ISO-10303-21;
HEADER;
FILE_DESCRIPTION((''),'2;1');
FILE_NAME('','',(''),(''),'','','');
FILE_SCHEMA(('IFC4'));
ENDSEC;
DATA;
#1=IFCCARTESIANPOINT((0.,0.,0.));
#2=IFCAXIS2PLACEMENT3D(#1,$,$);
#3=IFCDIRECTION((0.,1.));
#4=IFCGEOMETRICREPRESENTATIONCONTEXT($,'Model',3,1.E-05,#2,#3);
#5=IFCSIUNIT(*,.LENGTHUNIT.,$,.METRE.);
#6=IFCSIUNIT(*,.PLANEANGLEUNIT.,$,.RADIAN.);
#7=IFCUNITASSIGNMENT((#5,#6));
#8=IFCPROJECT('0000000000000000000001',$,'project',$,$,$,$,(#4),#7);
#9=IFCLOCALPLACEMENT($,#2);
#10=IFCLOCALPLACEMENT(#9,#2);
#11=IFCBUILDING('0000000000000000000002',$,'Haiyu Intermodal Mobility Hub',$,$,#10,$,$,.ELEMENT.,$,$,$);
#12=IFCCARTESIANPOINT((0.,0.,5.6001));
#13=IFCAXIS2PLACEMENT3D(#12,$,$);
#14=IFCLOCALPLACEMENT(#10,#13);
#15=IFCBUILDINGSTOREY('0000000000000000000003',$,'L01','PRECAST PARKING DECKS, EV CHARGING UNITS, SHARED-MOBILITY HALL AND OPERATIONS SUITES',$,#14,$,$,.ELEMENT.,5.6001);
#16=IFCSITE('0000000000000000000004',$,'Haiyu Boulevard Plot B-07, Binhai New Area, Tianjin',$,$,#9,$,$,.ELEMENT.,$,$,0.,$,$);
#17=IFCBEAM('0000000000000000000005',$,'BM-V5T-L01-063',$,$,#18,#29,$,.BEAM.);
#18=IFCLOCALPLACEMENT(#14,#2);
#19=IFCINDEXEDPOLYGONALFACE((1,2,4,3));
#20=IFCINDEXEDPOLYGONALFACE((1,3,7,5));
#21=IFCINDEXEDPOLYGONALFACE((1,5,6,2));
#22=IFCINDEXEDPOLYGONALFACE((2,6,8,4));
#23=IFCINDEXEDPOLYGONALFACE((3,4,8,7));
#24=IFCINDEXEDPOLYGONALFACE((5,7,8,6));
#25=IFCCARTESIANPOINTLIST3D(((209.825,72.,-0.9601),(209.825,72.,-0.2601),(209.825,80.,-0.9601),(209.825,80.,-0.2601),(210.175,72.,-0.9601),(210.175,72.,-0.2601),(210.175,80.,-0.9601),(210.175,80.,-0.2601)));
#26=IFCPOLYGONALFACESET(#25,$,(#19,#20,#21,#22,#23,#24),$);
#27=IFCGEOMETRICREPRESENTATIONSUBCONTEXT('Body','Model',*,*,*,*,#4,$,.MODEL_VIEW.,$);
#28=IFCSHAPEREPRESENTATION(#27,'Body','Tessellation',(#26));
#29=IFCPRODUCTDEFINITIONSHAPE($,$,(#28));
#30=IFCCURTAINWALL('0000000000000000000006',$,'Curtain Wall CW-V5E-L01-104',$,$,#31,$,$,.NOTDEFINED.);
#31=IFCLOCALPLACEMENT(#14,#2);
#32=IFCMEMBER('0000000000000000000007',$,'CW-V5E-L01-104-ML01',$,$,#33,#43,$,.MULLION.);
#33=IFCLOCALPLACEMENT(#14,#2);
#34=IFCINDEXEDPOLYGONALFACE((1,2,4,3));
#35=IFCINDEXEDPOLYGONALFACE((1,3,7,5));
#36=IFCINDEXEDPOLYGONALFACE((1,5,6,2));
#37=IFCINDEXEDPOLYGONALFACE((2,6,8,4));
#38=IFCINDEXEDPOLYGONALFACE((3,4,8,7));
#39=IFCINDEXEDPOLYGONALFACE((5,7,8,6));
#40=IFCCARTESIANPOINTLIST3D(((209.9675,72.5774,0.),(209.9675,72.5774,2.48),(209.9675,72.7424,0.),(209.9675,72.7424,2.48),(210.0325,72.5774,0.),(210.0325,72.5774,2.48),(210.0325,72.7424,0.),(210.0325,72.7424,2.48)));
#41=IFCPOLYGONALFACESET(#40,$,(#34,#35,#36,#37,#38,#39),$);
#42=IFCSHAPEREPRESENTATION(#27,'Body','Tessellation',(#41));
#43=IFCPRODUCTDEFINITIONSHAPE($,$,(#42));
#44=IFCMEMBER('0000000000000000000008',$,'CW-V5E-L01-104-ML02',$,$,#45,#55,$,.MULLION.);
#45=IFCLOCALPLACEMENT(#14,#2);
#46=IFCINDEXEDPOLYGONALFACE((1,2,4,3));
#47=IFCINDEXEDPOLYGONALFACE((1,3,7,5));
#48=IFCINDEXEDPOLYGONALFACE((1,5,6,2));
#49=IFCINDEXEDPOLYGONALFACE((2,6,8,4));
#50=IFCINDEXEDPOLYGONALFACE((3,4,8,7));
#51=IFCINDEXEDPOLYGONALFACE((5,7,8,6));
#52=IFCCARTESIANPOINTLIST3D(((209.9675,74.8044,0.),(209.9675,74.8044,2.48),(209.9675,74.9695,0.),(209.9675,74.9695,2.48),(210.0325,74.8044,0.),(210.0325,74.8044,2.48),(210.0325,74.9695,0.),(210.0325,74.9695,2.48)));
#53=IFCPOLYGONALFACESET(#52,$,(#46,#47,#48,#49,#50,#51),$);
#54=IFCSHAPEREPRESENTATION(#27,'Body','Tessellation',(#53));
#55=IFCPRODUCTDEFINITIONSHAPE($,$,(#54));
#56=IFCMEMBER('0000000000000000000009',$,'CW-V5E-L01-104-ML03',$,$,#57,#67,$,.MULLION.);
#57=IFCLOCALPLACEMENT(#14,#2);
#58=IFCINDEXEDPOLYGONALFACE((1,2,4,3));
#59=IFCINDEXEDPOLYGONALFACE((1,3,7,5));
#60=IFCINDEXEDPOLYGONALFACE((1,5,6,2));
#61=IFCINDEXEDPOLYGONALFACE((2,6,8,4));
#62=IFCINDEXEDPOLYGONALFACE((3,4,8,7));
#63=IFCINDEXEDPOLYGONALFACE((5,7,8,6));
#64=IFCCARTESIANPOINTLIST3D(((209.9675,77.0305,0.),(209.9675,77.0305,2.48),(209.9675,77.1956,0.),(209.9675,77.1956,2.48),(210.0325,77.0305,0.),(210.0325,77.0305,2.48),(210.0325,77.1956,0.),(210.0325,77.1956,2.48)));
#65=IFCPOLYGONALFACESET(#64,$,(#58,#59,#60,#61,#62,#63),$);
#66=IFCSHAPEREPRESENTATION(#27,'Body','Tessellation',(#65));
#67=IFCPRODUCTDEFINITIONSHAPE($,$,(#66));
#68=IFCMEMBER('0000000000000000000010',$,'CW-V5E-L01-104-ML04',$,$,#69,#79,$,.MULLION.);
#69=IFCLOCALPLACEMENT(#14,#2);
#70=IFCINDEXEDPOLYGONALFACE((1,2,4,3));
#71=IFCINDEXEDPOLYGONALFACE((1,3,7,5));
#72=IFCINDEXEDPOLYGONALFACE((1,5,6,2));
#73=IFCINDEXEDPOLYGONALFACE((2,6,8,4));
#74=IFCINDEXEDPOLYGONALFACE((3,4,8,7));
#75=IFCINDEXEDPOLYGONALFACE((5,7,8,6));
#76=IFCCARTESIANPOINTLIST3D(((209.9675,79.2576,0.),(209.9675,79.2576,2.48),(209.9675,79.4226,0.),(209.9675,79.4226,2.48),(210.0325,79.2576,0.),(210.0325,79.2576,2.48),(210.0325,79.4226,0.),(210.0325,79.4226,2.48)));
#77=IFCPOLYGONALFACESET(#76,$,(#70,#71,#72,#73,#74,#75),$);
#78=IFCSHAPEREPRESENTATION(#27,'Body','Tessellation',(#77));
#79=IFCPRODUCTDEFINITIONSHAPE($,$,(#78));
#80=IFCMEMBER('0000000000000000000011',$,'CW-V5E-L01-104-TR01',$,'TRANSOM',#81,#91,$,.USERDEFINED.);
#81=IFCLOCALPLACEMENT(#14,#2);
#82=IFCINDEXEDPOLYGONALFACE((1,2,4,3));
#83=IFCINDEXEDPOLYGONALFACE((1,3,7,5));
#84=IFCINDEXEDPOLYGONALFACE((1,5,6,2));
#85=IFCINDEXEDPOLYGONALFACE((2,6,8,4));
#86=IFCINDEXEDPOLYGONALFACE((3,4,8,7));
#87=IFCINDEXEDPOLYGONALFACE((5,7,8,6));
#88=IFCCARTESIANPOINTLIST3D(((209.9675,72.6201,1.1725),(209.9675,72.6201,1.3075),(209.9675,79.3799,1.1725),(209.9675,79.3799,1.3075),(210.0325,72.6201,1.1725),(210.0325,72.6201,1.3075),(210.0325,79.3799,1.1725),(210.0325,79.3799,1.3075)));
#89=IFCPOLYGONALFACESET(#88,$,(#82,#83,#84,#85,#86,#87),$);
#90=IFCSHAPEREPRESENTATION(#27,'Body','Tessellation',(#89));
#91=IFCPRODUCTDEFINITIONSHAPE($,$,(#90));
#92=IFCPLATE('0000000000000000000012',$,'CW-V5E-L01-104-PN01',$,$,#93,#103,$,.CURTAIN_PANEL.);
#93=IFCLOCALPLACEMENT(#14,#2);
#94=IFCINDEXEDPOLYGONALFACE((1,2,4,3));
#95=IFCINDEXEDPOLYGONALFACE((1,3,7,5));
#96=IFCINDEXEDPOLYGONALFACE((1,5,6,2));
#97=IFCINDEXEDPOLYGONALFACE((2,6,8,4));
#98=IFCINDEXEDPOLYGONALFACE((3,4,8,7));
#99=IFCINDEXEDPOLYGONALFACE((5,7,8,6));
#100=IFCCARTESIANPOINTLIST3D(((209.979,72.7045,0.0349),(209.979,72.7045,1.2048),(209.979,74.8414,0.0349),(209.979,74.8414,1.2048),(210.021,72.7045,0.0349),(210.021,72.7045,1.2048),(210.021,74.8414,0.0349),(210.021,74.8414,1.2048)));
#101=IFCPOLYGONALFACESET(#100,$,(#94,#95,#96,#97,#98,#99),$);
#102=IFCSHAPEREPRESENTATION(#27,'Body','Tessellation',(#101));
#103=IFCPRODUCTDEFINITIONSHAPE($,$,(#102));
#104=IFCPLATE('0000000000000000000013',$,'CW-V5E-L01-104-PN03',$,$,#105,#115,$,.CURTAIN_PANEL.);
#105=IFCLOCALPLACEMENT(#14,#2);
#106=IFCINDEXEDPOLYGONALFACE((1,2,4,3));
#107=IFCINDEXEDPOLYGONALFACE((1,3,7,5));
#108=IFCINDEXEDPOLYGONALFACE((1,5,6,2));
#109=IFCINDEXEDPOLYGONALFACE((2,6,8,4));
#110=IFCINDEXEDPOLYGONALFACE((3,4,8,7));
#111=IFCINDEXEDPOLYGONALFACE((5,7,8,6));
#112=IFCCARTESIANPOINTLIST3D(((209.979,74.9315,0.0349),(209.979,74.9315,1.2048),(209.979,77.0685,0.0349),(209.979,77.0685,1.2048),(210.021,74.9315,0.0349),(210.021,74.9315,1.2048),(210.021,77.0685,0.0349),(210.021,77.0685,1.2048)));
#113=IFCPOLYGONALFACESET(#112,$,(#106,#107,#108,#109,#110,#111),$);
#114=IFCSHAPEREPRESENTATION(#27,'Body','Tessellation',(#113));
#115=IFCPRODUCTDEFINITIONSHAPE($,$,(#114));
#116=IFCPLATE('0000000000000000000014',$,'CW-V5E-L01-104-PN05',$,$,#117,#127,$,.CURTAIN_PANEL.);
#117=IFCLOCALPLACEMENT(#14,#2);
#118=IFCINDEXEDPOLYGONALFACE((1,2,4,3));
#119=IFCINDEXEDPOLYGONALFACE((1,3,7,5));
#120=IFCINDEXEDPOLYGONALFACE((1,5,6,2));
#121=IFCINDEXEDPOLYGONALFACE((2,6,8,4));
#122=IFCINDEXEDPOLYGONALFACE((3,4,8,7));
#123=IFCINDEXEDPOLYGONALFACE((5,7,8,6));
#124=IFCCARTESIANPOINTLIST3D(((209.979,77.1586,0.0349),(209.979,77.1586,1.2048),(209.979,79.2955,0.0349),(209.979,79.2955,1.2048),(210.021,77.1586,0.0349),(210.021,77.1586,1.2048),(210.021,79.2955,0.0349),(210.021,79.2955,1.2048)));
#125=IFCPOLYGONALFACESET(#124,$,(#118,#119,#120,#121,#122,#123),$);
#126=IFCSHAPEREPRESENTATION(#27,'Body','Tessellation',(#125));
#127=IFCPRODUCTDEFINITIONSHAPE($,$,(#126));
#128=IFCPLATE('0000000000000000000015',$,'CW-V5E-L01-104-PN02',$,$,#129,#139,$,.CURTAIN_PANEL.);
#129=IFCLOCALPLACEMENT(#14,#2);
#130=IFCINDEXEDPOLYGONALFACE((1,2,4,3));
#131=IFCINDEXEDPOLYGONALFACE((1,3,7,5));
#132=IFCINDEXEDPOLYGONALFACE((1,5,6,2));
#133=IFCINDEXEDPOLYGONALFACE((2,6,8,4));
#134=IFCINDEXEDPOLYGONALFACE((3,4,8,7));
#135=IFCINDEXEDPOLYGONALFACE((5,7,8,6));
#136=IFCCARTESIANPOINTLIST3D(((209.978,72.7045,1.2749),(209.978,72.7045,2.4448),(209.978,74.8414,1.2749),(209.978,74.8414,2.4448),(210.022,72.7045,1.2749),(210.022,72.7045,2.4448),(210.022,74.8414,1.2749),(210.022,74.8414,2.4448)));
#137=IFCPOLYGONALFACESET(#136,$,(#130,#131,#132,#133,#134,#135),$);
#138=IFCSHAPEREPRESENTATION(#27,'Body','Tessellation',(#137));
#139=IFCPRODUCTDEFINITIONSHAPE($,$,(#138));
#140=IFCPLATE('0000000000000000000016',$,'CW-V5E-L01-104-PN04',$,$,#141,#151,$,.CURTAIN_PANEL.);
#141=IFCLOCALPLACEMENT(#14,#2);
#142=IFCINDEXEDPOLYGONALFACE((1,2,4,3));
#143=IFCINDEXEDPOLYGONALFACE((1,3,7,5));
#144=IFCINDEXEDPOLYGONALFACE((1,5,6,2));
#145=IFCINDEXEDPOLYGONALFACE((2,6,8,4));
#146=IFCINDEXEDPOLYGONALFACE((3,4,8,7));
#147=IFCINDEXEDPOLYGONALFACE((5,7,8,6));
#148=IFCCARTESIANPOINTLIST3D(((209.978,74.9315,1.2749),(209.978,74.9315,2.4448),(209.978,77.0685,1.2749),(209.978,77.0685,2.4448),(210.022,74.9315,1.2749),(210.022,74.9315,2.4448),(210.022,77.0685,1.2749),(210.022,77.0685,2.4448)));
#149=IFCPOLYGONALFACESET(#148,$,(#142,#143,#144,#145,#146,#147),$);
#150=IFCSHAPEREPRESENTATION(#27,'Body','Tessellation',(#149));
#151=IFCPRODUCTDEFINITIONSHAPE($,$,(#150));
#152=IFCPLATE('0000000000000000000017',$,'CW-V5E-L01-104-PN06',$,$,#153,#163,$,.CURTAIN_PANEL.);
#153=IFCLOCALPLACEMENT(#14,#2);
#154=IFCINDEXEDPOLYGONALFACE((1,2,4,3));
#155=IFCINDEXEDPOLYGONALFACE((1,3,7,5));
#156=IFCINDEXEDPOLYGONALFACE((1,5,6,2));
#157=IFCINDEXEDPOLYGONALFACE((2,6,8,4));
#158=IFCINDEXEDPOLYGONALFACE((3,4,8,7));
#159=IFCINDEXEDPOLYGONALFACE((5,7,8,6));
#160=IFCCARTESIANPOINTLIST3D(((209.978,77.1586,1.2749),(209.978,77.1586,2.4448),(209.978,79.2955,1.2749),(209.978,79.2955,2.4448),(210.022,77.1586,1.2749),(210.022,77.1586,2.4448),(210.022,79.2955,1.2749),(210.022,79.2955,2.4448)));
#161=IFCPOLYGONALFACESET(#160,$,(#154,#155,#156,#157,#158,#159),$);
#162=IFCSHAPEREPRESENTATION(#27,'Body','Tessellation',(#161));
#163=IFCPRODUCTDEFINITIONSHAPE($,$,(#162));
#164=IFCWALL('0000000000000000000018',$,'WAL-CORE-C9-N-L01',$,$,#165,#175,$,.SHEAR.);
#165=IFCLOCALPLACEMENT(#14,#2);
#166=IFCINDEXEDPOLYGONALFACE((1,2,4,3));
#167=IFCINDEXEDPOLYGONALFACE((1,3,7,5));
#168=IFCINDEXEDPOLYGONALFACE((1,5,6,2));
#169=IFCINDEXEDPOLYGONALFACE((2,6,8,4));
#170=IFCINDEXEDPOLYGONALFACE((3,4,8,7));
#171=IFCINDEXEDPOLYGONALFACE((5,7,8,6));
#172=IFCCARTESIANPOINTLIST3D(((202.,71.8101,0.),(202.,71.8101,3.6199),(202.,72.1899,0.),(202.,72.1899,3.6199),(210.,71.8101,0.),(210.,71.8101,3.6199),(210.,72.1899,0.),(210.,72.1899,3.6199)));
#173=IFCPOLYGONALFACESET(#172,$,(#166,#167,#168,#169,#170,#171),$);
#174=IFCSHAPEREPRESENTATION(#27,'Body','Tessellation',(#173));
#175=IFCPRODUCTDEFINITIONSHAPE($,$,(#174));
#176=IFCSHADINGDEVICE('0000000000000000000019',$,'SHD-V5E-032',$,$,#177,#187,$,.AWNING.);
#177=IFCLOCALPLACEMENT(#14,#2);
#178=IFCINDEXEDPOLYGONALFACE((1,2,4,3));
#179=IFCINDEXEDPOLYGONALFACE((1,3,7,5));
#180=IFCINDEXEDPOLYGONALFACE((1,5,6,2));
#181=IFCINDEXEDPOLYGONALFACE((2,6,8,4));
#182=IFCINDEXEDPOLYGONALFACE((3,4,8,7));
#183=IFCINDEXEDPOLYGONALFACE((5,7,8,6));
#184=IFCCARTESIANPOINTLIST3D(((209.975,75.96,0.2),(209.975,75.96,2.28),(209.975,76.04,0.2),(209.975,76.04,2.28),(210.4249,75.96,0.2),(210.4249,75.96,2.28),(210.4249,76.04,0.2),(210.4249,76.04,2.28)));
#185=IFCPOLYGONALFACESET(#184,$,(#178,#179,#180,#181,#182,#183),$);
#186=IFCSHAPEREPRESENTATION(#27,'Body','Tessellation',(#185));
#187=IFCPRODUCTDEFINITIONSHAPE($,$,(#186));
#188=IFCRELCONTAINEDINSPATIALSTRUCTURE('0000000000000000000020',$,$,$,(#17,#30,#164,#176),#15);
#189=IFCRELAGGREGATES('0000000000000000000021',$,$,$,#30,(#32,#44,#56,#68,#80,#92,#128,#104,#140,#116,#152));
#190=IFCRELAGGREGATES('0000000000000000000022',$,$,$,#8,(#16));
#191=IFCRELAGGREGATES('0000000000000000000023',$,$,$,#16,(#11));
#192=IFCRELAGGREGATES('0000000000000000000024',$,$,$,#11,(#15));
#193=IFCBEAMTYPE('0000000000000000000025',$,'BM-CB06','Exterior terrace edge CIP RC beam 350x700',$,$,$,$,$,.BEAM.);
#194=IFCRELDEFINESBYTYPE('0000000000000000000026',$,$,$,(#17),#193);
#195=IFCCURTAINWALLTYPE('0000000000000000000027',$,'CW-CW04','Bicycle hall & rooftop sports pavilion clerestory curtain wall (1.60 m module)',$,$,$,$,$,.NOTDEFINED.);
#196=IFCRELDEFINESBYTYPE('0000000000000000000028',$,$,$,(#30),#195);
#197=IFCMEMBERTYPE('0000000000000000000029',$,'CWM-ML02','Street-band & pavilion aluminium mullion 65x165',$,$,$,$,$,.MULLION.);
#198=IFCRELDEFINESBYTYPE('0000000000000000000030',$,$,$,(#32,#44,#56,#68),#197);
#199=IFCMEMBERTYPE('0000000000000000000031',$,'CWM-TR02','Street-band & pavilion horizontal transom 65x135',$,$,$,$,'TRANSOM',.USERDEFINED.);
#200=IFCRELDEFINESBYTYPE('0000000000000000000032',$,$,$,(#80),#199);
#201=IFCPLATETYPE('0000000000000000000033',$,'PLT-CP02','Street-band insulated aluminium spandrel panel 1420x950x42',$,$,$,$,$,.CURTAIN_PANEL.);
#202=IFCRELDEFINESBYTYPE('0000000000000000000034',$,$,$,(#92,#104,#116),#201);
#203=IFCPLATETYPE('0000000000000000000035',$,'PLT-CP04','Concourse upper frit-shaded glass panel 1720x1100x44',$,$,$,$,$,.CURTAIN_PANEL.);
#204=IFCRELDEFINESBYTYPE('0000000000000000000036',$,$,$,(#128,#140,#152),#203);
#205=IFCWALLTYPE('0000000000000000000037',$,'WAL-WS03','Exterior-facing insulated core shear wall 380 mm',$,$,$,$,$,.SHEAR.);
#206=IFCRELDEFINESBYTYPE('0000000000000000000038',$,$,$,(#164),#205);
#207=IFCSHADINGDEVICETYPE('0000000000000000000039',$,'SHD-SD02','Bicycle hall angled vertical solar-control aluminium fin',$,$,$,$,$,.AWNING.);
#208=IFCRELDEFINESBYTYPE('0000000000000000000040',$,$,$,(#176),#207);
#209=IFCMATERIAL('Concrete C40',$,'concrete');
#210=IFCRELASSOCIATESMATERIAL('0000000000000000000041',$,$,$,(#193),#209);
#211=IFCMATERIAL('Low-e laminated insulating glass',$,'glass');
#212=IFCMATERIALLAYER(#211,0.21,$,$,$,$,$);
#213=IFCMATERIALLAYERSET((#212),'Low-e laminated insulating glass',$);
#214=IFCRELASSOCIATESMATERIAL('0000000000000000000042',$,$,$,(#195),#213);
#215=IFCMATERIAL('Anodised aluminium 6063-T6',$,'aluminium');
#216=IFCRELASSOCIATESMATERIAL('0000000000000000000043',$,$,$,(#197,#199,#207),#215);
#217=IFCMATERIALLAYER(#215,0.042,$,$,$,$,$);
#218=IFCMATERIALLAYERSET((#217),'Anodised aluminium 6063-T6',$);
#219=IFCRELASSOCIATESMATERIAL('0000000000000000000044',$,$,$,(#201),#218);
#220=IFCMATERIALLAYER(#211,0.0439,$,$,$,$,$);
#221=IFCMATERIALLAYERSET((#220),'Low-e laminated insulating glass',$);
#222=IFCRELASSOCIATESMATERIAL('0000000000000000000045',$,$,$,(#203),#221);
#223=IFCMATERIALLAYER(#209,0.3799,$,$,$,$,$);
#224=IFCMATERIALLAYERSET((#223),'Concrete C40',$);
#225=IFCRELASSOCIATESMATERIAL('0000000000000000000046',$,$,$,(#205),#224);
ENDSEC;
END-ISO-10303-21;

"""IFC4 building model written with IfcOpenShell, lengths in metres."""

from ifc_helpers import new_model, si_unit, direction, frame, frame_2d, origin, origin_2d, place, context, subcontext, project, spatial, rectangle, extrude, material, layer, layer_set, material_profile, profile_set, type_object, element, aggregate, save


model = new_model("IFC4")

# Units and contexts
model_context = context("Model", 3, precision=1e-05, world=origin(), true_north=direction((0.0, 1.0)))
body_context = subcontext(model_context, "Body", "Model", "MODEL_VIEW")
ifc_project = project(units=[si_unit("LENGTHUNIT", "METRE"), si_unit("PLANEANGLEUNIT", "RADIAN")], contexts=[model_context])

# Site, building, storey
site_placement = place(None, origin())
site = spatial("IfcSite", under=ifc_project, at=site_placement, Name="Haiyu Boulevard Plot B-07, Binhai New Area, Tianjin", CompositionType="ELEMENT", RefElevation=0.0)
building_placement = place(site_placement, origin())
building = spatial("IfcBuilding", under=site, at=building_placement, Name="Haiyu Intermodal Mobility Hub", CompositionType="ELEMENT")
storey_placement = place(building_placement, frame((0.0, 0.0, 5.6001)))
storey = spatial("IfcBuildingStorey", under=building, at=storey_placement, Name="L01", Description="PRECAST PARKING DECKS, EV CHARGING UNITS, SHARED-MOBILITY HALL AND OPERATIONS SUITES", CompositionType="ELEMENT", Elevation=5.6001)

# Beam
ifc_material_1 = material(Name="Concrete C40", Category="concrete")
ifc_material_profile_1 = material_profile(ifc_material_1, rectangle(XDim=0.3501, YDim=0.7, at=origin_2d()), Name="RCB350x700")
ifc_profile_set_1 = profile_set([ifc_material_profile_1], Name="Concrete C40")
beam_type = type_object("IfcBeamType", Name="BM-CB06", Description="Exterior terrace edge CIP RC beam 350x700", PredefinedType="BEAM", material=ifc_profile_set_1)
beam_placement = place(storey_placement, frame((210.0, 72.0, -0.6101), z_axis=(0.0, 1.0, 0.0), x_axis=(-1.0, 0.0, 0.0)))
element("IfcBeam", 1, at=beam_placement, inside=storey, type_object=beam_type, Name="BM-V5T-L01-063", PredefinedType="BEAM", context=body_context, shape_type="SweptSolid", body=[
    extrude(rectangle(XDim=0.3501, YDim=0.7, at=origin_2d()), origin(), (0.0, 0.0, 1.0), 8.0),
])

# Curtain wall, members, plates
ifc_material_2 = material(Name="Low-e laminated insulating glass", Category="glass")
ifc_layer_1 = layer(ifc_material_2, 0.21)
ifc_layer_set_1 = layer_set([ifc_layer_1], Name="Low-e laminated insulating glass")
curtain_wall_type = type_object("IfcCurtainWallType", Name="CW-CW04", Description="Bicycle hall & rooftop sports pavilion clerestory curtain wall (1.60 m module)", PredefinedType="NOTDEFINED", material=ifc_layer_set_1)
curtain_wall_placement = place(storey_placement, origin())
curtain_wall = element("IfcCurtainWall", 2, at=curtain_wall_placement, inside=storey, type_object=curtain_wall_type, Name="Curtain Wall CW-V5E-L01-104", PredefinedType="NOTDEFINED")
ifc_material_3 = material(Name="Anodised aluminium 6063-T6", Category="aluminium")
ifc_material_profile_2 = material_profile(ifc_material_3, rectangle(XDim=0.0649, YDim=0.165, at=origin_2d()), Name="ALU65x165")
ifc_profile_set_2 = profile_set([ifc_material_profile_2], Name="Anodised aluminium 6063-T6")
member_type_1 = type_object("IfcMemberType", Name="CWM-ML02", Description="Street-band & pavilion aluminium mullion 65x165", PredefinedType="MULLION", material=ifc_profile_set_2)
member_1_placement = place(storey_placement, frame((210.0, 72.6599, 0.0), z_axis=(0.0, 0.0, 1.0), x_axis=(1.0, 0.0, 0.0)))
member_1 = element("IfcMember", 3, at=member_1_placement, type_object=member_type_1, Name="CW-V5E-L01-104-ML01", PredefinedType="MULLION", context=body_context, shape_type="SweptSolid", body=[
    extrude(rectangle(XDim=0.0649, YDim=0.165, at=origin_2d()), origin(), (0.0, 0.0, 1.0), 2.48),
])
member_2_placement = place(storey_placement, frame((210.0, 74.887, 0.0), z_axis=(0.0, 0.0, 1.0), x_axis=(1.0, 0.0, 0.0)))
member_2 = element("IfcMember", 4, at=member_2_placement, type_object=member_type_1, Name="CW-V5E-L01-104-ML02", PredefinedType="MULLION", context=body_context, shape_type="SweptSolid", body=[
    extrude(rectangle(XDim=0.0649, YDim=0.165, at=origin_2d()), origin(), (0.0, 0.0, 1.0), 2.48),
])
member_3_placement = place(storey_placement, frame((210.0, 77.113, 0.0), z_axis=(0.0, 0.0, 1.0), x_axis=(1.0, 0.0, 0.0)))
member_3 = element("IfcMember", 5, at=member_3_placement, type_object=member_type_1, Name="CW-V5E-L01-104-ML03", PredefinedType="MULLION", context=body_context, shape_type="SweptSolid", body=[
    extrude(rectangle(XDim=0.0649, YDim=0.165, at=origin_2d()), origin(), (0.0, 0.0, 1.0), 2.48),
])
member_4_placement = place(storey_placement, frame((210.0, 79.3401, 0.0), z_axis=(0.0, 0.0, 1.0), x_axis=(1.0, 0.0, 0.0)))
member_4 = element("IfcMember", 6, at=member_4_placement, type_object=member_type_1, Name="CW-V5E-L01-104-ML04", PredefinedType="MULLION", context=body_context, shape_type="SweptSolid", body=[
    extrude(rectangle(XDim=0.0649, YDim=0.165, at=origin_2d()), origin(), (0.0, 0.0, 1.0), 2.48),
])
ifc_material_profile_3 = material_profile(ifc_material_3, rectangle(XDim=0.0649, YDim=0.135, at=origin_2d()), Name="ALU65x135")
ifc_profile_set_3 = profile_set([ifc_material_profile_3], Name="Anodised aluminium 6063-T6")
member_type_2 = type_object("IfcMemberType", Name="CWM-TR02", Description="Street-band & pavilion horizontal transom 65x135", ElementType="TRANSOM", PredefinedType="USERDEFINED", material=ifc_profile_set_3)
member_5_placement = place(storey_placement, frame((210.0, 72.6201, 1.24), z_axis=(0.0, 1.0, 0.0), x_axis=(-1.0, 0.0, 0.0)))
member_5 = element("IfcMember", 7, at=member_5_placement, type_object=member_type_2, Name="CW-V5E-L01-104-TR01", ObjectType="TRANSOM", PredefinedType="USERDEFINED", context=body_context, shape_type="SweptSolid", body=[
    extrude(rectangle(XDim=0.0649, YDim=0.135, at=origin_2d()), origin(), (0.0, 0.0, 1.0), 6.7598),
])
ifc_layer_2 = layer(ifc_material_3, 0.042)
ifc_layer_set_2 = layer_set([ifc_layer_2], Name="Anodised aluminium 6063-T6")
plate_type_1 = type_object("IfcPlateType", Name="PLT-CP02", Description="Street-band insulated aluminium spandrel panel 1420x950x42", PredefinedType="CURTAIN_PANEL", material=ifc_layer_set_2)
plate_1_placement = place(storey_placement, frame((210.0, 73.7729, 0.0349), z_axis=(0.0, 0.0, 1.0), x_axis=(0.0, 1.0, 0.0)))
plate_1 = element("IfcPlate", 8, at=plate_1_placement, type_object=plate_type_1, Name="CW-V5E-L01-104-PN01", PredefinedType="CURTAIN_PANEL", context=body_context, shape_type="SweptSolid", body=[
    extrude(rectangle(XDim=2.137, YDim=0.042, at=origin_2d()), origin(), (0.0, 0.0, 1.0), 1.1699),
])
plate_2_placement = place(storey_placement, frame((210.0, 76.0, 0.0349), z_axis=(0.0, 0.0, 1.0), x_axis=(0.0, 1.0, 0.0)))
plate_2 = element("IfcPlate", 9, at=plate_2_placement, type_object=plate_type_1, Name="CW-V5E-L01-104-PN03", PredefinedType="CURTAIN_PANEL", context=body_context, shape_type="SweptSolid", body=[
    extrude(rectangle(XDim=2.137, YDim=0.042, at=origin_2d()), origin(), (0.0, 0.0, 1.0), 1.1699),
])
plate_3_placement = place(storey_placement, frame((210.0, 78.2271, 0.0349), z_axis=(0.0, 0.0, 1.0), x_axis=(0.0, 1.0, 0.0)))
plate_3 = element("IfcPlate", 10, at=plate_3_placement, type_object=plate_type_1, Name="CW-V5E-L01-104-PN05", PredefinedType="CURTAIN_PANEL", context=body_context, shape_type="SweptSolid", body=[
    extrude(rectangle(XDim=2.137, YDim=0.042, at=origin_2d()), origin(), (0.0, 0.0, 1.0), 1.1699),
])
ifc_layer_3 = layer(ifc_material_2, 0.0439)
ifc_layer_set_3 = layer_set([ifc_layer_3], Name="Low-e laminated insulating glass")
plate_type_2 = type_object("IfcPlateType", Name="PLT-CP04", Description="Concourse upper frit-shaded glass panel 1720x1100x44", PredefinedType="CURTAIN_PANEL", material=ifc_layer_set_3)
plate_4_placement = place(storey_placement, frame((210.0, 73.7729, 1.2749), z_axis=(0.0, 0.0, 1.0), x_axis=(0.0, 1.0, 0.0)))
plate_4 = element("IfcPlate", 11, at=plate_4_placement, type_object=plate_type_2, Name="CW-V5E-L01-104-PN02", PredefinedType="CURTAIN_PANEL", context=body_context, shape_type="SweptSolid", body=[
    extrude(rectangle(XDim=2.137, YDim=0.0439, at=origin_2d()), origin(), (0.0, 0.0, 1.0), 1.1699),
])
plate_5_placement = place(storey_placement, frame((210.0, 76.0, 1.2749), z_axis=(0.0, 0.0, 1.0), x_axis=(0.0, 1.0, 0.0)))
plate_5 = element("IfcPlate", 12, at=plate_5_placement, type_object=plate_type_2, Name="CW-V5E-L01-104-PN04", PredefinedType="CURTAIN_PANEL", context=body_context, shape_type="SweptSolid", body=[
    extrude(rectangle(XDim=2.137, YDim=0.0439, at=origin_2d()), origin(), (0.0, 0.0, 1.0), 1.1699),
])
plate_6_placement = place(storey_placement, frame((210.0, 78.2271, 1.2749), z_axis=(0.0, 0.0, 1.0), x_axis=(0.0, 1.0, 0.0)))
plate_6 = element("IfcPlate", 13, at=plate_6_placement, type_object=plate_type_2, Name="CW-V5E-L01-104-PN06", PredefinedType="CURTAIN_PANEL", context=body_context, shape_type="SweptSolid", body=[
    extrude(rectangle(XDim=2.137, YDim=0.0439, at=origin_2d()), origin(), (0.0, 0.0, 1.0), 1.1699),
])
aggregate(curtain_wall, [member_1, member_2, member_3, member_4, member_5, plate_1, plate_4, plate_2, plate_5, plate_3, plate_6])

# Wall
ifc_layer_4 = layer(ifc_material_1, 0.3799)
ifc_layer_set_4 = layer_set([ifc_layer_4], Name="Concrete C40")
wall_type = type_object("IfcWallType", Name="WAL-WS03", Description="Exterior-facing insulated core shear wall 380 mm", PredefinedType="SHEAR", material=ifc_layer_set_4)
wall_placement = place(storey_placement, frame((210.0, 72.0, 0.0), z_axis=(0.0, 0.0, 1.0), x_axis=(-1.0, 0.0, 0.0)))
element("IfcWall", 14, at=wall_placement, inside=storey, type_object=wall_type, Name="WAL-CORE-C9-N-L01", PredefinedType="SHEAR", context=body_context, shape_type="SweptSolid", body=[
    extrude(rectangle(XDim=8.0, YDim=0.3799, at=frame_2d((4.0, 0.0))), origin(), (0.0, 0.0, 1.0), 3.6199),
])

# Shading device
ifc_material_profile_4 = material_profile(ifc_material_3, rectangle(XDim=0.0701, YDim=0.55, at=origin_2d()), Name="FIN70x550")
ifc_profile_set_4 = profile_set([ifc_material_profile_4], Name="Anodised aluminium 6063-T6")
shading_device_type = type_object("IfcShadingDeviceType", Name="SHD-SD02", Description="Bicycle hall angled vertical solar-control aluminium fin", PredefinedType="AWNING", material=ifc_profile_set_4)
shading_device_placement = place(storey_placement, frame((210.2, 76.0, 0.2), z_axis=(0.0, 0.0, 1.0), x_axis=(1.0, 0.0, 0.0)))
element("IfcShadingDevice", 15, at=shading_device_placement, inside=storey, type_object=shading_device_type, Name="SHD-V5E-032", PredefinedType="AWNING", context=body_context, shape_type="SweptSolid", body=[
    extrude(rectangle(XDim=0.45, YDim=0.0801, at=origin_2d()), origin(), (0.0, 0.0, 1.0), 2.0801),
])

save(model, "model.ifc")
